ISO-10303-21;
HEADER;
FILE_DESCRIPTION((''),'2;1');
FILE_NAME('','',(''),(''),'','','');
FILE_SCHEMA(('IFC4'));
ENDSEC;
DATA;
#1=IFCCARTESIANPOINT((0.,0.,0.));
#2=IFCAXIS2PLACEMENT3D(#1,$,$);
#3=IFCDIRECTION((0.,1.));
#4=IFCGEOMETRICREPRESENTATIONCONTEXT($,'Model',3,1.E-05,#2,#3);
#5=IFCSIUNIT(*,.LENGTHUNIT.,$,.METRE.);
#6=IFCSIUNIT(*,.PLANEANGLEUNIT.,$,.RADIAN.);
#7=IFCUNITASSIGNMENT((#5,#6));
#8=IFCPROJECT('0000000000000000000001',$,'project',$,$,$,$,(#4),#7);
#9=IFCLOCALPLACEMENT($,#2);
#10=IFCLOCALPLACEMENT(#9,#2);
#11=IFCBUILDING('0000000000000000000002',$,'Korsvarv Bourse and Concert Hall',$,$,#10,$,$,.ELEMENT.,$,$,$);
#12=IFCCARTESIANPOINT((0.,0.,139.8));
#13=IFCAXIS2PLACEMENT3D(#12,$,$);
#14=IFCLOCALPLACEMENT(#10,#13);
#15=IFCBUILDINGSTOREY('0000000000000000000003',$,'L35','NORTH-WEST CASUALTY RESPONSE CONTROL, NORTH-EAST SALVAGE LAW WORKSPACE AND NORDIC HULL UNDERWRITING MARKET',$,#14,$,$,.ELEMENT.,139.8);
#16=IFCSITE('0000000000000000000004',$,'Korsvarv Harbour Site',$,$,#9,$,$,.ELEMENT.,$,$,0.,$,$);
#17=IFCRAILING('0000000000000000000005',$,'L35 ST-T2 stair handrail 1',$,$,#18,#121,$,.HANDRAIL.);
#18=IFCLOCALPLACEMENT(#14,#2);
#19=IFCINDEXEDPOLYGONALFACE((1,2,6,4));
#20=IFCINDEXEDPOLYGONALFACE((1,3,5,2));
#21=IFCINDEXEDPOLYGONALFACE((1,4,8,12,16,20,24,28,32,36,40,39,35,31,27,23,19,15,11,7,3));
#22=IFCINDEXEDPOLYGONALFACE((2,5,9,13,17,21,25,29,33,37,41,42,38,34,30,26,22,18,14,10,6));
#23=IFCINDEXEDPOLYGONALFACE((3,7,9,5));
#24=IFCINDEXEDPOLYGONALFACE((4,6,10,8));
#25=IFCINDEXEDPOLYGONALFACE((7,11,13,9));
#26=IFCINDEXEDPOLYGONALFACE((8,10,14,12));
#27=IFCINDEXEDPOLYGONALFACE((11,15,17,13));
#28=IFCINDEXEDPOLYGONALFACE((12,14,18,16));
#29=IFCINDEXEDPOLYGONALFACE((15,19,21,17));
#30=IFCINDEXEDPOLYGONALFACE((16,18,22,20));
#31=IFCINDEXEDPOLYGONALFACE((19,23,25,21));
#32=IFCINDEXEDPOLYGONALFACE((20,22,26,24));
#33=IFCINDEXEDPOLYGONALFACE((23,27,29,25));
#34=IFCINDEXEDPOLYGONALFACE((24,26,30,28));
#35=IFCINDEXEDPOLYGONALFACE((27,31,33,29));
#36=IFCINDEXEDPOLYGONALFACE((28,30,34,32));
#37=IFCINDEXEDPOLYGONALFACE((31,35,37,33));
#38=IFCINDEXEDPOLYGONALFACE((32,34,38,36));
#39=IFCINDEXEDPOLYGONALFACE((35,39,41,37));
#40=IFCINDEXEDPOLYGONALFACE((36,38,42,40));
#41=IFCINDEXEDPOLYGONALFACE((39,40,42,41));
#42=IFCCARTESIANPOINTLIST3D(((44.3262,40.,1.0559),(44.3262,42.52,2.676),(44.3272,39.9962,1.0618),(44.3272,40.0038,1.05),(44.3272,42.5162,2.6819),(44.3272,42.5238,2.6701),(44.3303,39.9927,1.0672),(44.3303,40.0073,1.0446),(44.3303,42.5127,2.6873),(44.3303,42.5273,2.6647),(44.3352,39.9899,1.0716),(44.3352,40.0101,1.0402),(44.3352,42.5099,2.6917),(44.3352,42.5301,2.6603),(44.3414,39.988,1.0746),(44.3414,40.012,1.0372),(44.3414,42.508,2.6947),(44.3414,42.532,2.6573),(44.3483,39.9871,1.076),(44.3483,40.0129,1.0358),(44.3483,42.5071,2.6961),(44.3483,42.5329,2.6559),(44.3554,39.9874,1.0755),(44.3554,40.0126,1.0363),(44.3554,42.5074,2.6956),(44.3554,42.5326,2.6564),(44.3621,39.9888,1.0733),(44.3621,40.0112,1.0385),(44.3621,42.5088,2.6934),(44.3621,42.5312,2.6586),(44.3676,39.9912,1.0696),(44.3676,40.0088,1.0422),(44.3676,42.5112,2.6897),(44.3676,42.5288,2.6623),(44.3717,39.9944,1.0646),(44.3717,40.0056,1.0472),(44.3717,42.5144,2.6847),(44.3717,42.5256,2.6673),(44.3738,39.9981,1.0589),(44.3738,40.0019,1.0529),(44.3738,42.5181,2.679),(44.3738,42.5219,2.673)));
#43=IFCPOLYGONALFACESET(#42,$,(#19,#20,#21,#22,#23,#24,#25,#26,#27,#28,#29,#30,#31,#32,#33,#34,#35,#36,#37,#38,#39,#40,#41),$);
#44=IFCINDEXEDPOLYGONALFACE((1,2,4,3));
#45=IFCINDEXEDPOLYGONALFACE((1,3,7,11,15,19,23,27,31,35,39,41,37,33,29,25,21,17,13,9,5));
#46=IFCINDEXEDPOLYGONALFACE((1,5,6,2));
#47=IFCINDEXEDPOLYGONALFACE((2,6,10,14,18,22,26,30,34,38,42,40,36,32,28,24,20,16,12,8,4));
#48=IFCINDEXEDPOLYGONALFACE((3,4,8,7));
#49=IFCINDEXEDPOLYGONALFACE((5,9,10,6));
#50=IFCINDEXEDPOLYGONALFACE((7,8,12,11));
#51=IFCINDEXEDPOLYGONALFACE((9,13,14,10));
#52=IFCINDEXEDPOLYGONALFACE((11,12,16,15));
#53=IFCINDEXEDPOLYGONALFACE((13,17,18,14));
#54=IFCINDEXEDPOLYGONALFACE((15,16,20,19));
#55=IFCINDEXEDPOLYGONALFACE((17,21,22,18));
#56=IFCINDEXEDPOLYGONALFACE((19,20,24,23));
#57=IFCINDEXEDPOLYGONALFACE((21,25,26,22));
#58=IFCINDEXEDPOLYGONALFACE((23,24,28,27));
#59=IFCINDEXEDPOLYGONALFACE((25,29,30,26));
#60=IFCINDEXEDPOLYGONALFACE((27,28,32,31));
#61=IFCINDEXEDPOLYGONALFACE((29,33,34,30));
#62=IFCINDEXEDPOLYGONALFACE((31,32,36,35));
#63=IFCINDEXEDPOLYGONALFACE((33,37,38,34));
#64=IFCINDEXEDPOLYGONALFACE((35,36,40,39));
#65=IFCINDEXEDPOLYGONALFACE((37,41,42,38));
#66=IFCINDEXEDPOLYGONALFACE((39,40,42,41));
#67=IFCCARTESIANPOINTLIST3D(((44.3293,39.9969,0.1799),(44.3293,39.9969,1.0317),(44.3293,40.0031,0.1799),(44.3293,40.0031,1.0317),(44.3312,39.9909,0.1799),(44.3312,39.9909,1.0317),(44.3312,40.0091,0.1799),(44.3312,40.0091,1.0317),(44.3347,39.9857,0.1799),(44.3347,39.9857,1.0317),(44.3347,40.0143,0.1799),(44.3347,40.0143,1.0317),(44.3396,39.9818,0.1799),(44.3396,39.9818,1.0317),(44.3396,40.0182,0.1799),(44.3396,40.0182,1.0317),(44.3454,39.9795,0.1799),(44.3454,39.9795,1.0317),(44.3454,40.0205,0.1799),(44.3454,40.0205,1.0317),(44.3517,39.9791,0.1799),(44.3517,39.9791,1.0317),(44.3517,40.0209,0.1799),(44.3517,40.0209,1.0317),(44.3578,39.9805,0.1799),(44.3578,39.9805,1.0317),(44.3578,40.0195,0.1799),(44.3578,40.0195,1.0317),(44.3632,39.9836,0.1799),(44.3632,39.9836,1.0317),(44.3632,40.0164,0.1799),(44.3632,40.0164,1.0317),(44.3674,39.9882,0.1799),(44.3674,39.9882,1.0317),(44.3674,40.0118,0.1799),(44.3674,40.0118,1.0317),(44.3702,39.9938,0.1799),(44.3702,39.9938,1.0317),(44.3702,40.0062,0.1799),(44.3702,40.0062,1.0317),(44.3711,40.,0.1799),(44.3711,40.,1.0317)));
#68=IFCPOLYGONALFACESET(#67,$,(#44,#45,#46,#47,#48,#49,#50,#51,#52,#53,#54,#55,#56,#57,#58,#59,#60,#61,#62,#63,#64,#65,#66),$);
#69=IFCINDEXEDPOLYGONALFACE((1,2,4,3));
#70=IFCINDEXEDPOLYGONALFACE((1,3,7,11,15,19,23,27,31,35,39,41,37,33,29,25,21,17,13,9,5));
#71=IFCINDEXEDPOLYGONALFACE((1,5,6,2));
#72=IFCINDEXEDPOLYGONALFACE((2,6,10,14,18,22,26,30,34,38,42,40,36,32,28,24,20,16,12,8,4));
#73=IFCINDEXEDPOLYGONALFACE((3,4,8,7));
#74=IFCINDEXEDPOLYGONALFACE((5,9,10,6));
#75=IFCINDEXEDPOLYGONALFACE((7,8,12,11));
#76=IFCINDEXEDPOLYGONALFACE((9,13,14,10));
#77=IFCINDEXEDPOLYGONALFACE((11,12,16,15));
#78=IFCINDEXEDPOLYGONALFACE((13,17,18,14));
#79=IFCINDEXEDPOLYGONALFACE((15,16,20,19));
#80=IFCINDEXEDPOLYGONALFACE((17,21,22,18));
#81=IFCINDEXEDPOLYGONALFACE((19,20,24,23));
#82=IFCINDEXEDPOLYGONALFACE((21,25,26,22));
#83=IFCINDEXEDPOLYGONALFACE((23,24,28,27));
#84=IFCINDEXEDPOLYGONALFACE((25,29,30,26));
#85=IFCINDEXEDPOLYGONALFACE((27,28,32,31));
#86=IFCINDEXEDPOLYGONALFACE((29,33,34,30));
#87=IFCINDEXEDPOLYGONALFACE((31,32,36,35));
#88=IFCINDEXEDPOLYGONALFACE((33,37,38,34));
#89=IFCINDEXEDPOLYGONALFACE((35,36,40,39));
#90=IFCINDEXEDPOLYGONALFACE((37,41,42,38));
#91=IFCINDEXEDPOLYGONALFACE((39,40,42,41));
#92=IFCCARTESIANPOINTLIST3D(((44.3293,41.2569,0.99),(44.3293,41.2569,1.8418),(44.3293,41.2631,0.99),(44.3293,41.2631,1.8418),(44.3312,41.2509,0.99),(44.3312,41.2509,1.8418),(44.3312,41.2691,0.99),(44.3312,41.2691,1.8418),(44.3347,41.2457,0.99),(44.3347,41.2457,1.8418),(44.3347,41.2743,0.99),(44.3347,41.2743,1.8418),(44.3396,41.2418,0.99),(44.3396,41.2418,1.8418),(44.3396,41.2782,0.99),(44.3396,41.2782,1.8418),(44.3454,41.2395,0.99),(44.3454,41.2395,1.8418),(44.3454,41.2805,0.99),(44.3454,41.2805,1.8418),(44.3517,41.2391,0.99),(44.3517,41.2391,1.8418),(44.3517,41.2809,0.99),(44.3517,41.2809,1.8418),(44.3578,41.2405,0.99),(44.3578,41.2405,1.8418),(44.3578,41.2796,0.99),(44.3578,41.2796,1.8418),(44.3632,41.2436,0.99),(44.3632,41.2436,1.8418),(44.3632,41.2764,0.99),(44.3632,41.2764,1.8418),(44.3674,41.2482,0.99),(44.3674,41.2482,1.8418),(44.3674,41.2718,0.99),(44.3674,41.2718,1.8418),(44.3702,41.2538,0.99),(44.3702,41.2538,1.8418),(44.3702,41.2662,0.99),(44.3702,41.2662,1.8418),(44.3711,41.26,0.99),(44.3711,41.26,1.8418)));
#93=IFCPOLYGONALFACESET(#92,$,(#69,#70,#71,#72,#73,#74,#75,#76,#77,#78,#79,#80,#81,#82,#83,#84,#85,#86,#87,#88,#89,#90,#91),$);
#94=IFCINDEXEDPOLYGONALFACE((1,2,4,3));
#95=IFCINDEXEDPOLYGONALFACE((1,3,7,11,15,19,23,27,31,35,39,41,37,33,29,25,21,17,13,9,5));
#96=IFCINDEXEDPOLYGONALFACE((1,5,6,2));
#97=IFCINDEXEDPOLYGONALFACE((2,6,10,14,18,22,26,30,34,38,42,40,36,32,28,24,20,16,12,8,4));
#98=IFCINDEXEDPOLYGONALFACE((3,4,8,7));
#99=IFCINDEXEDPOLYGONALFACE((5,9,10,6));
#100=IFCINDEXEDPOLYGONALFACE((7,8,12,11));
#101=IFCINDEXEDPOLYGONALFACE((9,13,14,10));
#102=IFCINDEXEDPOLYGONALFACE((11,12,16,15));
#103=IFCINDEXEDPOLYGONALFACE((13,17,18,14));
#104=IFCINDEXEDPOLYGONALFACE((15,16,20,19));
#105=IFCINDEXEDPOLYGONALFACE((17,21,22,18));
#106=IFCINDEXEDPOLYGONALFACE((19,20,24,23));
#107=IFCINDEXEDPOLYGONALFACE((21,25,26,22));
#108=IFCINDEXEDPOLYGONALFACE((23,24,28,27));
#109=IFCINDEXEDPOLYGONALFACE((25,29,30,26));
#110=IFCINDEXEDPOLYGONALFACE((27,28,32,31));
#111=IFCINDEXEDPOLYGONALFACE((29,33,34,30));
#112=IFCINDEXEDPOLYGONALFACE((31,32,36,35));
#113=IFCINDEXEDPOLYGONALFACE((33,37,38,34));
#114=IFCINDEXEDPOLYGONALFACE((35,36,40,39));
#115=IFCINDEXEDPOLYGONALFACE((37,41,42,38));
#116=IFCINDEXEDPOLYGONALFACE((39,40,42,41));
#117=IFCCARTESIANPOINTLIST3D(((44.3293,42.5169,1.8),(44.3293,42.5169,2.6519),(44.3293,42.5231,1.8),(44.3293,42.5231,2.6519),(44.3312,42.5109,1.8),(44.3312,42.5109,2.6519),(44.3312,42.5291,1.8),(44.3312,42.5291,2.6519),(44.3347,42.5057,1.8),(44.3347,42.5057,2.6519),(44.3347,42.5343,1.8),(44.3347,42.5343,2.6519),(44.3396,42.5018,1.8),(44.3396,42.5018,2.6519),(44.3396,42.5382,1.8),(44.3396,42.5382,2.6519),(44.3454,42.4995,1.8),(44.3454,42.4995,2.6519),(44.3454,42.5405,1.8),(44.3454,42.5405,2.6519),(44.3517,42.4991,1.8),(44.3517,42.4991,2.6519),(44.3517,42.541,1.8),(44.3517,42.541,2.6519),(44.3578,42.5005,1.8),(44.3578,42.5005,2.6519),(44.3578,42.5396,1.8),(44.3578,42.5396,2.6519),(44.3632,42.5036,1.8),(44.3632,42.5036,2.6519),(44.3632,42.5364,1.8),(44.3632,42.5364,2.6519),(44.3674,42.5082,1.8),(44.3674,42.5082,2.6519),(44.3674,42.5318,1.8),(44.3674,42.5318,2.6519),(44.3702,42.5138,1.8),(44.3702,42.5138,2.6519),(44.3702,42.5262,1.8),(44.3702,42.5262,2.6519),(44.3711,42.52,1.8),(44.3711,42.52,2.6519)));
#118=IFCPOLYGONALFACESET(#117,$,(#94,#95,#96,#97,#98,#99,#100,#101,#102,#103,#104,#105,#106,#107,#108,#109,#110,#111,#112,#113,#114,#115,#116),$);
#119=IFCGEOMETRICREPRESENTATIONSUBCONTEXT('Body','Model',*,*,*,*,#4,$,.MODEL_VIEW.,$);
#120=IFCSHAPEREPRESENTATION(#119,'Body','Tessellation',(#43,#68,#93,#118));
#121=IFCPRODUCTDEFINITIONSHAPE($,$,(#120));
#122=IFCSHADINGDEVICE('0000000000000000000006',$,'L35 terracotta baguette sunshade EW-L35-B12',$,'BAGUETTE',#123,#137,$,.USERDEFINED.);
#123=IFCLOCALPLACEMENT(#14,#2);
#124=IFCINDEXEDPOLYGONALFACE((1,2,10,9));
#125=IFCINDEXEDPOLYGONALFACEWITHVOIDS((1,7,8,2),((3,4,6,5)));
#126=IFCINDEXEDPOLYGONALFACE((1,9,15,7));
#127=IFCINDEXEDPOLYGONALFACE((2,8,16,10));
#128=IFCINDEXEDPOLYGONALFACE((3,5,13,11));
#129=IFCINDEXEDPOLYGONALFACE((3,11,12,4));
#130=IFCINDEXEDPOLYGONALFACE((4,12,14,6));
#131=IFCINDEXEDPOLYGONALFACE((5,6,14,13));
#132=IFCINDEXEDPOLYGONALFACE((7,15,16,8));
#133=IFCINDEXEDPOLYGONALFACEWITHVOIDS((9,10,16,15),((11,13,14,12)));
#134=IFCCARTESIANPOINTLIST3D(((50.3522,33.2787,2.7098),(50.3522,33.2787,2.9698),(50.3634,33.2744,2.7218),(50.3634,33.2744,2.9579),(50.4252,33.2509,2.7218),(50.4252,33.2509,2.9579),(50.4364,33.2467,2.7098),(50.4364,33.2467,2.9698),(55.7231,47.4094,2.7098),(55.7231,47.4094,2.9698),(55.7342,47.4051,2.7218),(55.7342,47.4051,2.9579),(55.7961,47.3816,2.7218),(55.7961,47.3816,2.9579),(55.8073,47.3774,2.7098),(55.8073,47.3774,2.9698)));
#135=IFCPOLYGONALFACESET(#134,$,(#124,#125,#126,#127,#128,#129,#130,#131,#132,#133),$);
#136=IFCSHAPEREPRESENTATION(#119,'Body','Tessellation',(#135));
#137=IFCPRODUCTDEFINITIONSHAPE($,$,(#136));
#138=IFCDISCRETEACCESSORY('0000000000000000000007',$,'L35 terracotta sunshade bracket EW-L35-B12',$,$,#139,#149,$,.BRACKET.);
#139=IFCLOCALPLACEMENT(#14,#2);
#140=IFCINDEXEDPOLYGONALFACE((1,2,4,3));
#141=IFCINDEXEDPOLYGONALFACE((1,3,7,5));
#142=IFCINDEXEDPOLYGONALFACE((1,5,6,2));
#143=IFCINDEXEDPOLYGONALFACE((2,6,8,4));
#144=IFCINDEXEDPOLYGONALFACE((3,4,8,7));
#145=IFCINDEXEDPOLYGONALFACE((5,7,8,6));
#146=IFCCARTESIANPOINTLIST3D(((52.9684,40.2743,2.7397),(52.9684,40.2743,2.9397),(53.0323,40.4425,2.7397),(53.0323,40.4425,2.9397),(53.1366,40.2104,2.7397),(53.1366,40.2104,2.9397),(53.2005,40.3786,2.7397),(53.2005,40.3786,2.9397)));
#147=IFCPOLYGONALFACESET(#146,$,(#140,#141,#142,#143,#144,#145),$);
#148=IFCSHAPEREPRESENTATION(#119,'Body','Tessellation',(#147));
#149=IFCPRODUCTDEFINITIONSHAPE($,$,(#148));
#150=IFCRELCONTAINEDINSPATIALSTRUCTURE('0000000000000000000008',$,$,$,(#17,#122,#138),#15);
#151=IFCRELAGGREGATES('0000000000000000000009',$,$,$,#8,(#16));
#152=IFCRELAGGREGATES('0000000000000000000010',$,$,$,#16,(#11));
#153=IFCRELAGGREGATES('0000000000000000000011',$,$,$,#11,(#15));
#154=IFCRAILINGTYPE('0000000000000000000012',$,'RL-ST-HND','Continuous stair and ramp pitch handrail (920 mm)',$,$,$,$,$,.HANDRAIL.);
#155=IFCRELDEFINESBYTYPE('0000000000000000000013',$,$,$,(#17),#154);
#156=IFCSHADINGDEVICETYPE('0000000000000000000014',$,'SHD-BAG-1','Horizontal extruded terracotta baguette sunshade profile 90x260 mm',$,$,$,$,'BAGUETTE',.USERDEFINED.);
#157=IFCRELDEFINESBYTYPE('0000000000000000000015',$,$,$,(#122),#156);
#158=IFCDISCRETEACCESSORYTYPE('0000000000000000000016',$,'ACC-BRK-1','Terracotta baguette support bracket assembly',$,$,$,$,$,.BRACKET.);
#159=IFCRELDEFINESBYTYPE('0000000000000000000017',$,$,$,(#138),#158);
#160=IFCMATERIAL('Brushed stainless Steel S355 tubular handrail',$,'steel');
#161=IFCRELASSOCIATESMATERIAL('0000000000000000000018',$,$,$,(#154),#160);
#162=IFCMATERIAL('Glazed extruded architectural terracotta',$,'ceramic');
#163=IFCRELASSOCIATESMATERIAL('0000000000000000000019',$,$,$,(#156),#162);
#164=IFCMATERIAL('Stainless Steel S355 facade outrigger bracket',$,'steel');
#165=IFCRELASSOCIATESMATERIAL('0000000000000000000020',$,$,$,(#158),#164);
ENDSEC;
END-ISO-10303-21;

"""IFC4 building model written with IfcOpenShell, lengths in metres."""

from ifc_helpers import new_model, si_unit, direction, frame, origin, origin_2d, place, context, subcontext, project, spatial, rectangle, hollow_rectangle, circle, extrude, source, transform, mapped, material, material_profile, profile_set, type_object, element, save


model = new_model("IFC4")

# Units and contexts
model_context = context("Model", 3, precision=1e-05, world=origin(), true_north=direction((0.0, 1.0)))
body_context = subcontext(model_context, "Body", "Model", "MODEL_VIEW")
ifc_project = project(units=[si_unit("LENGTHUNIT", "METRE"), si_unit("PLANEANGLEUNIT", "RADIAN")], contexts=[model_context])

# Site, building, storey
site_placement = place(None, origin())
site = spatial("IfcSite", under=ifc_project, at=site_placement, Name="Korsvarv Harbour Site", CompositionType="ELEMENT", RefElevation=0.0)
building_placement = place(site_placement, origin())
building = spatial("IfcBuilding", under=site, at=building_placement, Name="Korsvarv Bourse and Concert Hall", CompositionType="ELEMENT")
storey_placement = place(building_placement, frame((0.0, 0.0, 139.8)))
storey = spatial("IfcBuildingStorey", under=building, at=storey_placement, Name="L35", Description="NORTH-WEST CASUALTY RESPONSE CONTROL, NORTH-EAST SALVAGE LAW WORKSPACE AND NORDIC HULL UNDERWRITING MARKET", CompositionType="ELEMENT", Elevation=139.8)

# Railing
ifc_material_1 = material(Name="Brushed stainless Steel S355 tubular handrail", Category="steel")
railing_type_1 = type_object("IfcRailingType", Name="RL-ST-HND", Description="Continuous stair and ramp pitch handrail (920 mm)", PredefinedType="HANDRAIL", material=ifc_material_1)
railing_1_placement = place(storey_placement, frame((44.3501, 40.0, 0.1799)))
element("IfcRailing", 1, at=railing_1_placement, inside=storey, type_object=railing_type_1, Name="L35 ST-T2 stair handrail 1", PredefinedType="HANDRAIL", context=body_context, shape_type="SweptSolid", body=[
    extrude(circle(Radius=0.0239, at=origin_2d()), frame((0.0, 0.0, 0.876), z_axis=(0.0, 0.841163, 0.540782), x_axis=(-1.0, 0.0, 0.0)), (0.0, 0.0, 1.0), 2.9958),
    extrude(circle(Radius=0.021, at=origin_2d()), origin(), (0.0, 0.0, 1.0), 0.8518),
    extrude(circle(Radius=0.021, at=origin_2d()), frame((0.0, 1.26, 0.8101)), (0.0, 0.0, 1.0), 0.8518),
    extrude(circle(Radius=0.021, at=origin_2d()), frame((0.0, 2.52, 1.6201)), (0.0, 0.0, 1.0), 0.8518),
])

# Shading device
ifc_material_2 = material(Name="Glazed extruded architectural terracotta", Category="ceramic")
ifc_material_profile_1 = material_profile(ifc_material_2, hollow_rectangle(XDim=0.0901, YDim=0.26, WallThickness=0.012, at=origin_2d()), Name="TC-BAG 90x260")
ifc_profile_set_1 = profile_set([ifc_material_profile_1], Name="Glazed extruded architectural terracotta")
shading_device_type = type_object("IfcShadingDeviceType", Name="SHD-BAG-1", Description="Horizontal extruded terracotta baguette sunshade profile 90x260 mm", ElementType="BAGUETTE", PredefinedType="USERDEFINED", material=ifc_profile_set_1)
shared_shape_1 = source(origin(), body_context, "Body", "SweptSolid", [
    extrude(hollow_rectangle(XDim=0.0901, YDim=0.26, WallThickness=0.012, at=origin_2d()), origin(), (0.0, 0.0, 1.0), 15.1169),
])
shading_device_placement = place(storey_placement, frame((50.3943, 33.2627, 2.8398), z_axis=(0.355288, 0.934757, 0.0), x_axis=(-0.934757, 0.355288, 0.0)))
element("IfcShadingDevice", 2, at=shading_device_placement, inside=storey, type_object=shading_device_type, Name="L35 terracotta baguette sunshade EW-L35-B12", ObjectType="BAGUETTE", PredefinedType="USERDEFINED", context=body_context, shape_type="MappedRepresentation", body=[
    mapped(shared_shape_1, transform((0.0, 0.0, 0.0), scale=1.0)),
])

# Discrete accessory
ifc_material_3 = material(Name="Stainless Steel S355 facade outrigger bracket", Category="steel")
discrete_accessory_type = type_object("IfcDiscreteAccessoryType", Name="ACC-BRK-1", Description="Terracotta baguette support bracket assembly", PredefinedType="BRACKET", material=ifc_material_3)
shared_shape_2 = source(origin(), body_context, "Body", "SweptSolid", [
    extrude(rectangle(XDim=0.1799, YDim=0.1799, at=origin_2d()), origin(), (0.0, 0.0, 1.0), 0.2),
])
discrete_accessory_placement = place(storey_placement, frame((53.0845, 40.3264, 2.7397), z_axis=(0.0, 0.0, 1.0), x_axis=(0.35527, 0.934764, 0.0)))
element("IfcDiscreteAccessory", 3, at=discrete_accessory_placement, inside=storey, type_object=discrete_accessory_type, Name="L35 terracotta sunshade bracket EW-L35-B12", PredefinedType="BRACKET", context=body_context, shape_type="MappedRepresentation", body=[
    mapped(shared_shape_2, transform((0.0, 0.0, 0.0), scale=1.0)),
])

save(model, "model.ifc")
